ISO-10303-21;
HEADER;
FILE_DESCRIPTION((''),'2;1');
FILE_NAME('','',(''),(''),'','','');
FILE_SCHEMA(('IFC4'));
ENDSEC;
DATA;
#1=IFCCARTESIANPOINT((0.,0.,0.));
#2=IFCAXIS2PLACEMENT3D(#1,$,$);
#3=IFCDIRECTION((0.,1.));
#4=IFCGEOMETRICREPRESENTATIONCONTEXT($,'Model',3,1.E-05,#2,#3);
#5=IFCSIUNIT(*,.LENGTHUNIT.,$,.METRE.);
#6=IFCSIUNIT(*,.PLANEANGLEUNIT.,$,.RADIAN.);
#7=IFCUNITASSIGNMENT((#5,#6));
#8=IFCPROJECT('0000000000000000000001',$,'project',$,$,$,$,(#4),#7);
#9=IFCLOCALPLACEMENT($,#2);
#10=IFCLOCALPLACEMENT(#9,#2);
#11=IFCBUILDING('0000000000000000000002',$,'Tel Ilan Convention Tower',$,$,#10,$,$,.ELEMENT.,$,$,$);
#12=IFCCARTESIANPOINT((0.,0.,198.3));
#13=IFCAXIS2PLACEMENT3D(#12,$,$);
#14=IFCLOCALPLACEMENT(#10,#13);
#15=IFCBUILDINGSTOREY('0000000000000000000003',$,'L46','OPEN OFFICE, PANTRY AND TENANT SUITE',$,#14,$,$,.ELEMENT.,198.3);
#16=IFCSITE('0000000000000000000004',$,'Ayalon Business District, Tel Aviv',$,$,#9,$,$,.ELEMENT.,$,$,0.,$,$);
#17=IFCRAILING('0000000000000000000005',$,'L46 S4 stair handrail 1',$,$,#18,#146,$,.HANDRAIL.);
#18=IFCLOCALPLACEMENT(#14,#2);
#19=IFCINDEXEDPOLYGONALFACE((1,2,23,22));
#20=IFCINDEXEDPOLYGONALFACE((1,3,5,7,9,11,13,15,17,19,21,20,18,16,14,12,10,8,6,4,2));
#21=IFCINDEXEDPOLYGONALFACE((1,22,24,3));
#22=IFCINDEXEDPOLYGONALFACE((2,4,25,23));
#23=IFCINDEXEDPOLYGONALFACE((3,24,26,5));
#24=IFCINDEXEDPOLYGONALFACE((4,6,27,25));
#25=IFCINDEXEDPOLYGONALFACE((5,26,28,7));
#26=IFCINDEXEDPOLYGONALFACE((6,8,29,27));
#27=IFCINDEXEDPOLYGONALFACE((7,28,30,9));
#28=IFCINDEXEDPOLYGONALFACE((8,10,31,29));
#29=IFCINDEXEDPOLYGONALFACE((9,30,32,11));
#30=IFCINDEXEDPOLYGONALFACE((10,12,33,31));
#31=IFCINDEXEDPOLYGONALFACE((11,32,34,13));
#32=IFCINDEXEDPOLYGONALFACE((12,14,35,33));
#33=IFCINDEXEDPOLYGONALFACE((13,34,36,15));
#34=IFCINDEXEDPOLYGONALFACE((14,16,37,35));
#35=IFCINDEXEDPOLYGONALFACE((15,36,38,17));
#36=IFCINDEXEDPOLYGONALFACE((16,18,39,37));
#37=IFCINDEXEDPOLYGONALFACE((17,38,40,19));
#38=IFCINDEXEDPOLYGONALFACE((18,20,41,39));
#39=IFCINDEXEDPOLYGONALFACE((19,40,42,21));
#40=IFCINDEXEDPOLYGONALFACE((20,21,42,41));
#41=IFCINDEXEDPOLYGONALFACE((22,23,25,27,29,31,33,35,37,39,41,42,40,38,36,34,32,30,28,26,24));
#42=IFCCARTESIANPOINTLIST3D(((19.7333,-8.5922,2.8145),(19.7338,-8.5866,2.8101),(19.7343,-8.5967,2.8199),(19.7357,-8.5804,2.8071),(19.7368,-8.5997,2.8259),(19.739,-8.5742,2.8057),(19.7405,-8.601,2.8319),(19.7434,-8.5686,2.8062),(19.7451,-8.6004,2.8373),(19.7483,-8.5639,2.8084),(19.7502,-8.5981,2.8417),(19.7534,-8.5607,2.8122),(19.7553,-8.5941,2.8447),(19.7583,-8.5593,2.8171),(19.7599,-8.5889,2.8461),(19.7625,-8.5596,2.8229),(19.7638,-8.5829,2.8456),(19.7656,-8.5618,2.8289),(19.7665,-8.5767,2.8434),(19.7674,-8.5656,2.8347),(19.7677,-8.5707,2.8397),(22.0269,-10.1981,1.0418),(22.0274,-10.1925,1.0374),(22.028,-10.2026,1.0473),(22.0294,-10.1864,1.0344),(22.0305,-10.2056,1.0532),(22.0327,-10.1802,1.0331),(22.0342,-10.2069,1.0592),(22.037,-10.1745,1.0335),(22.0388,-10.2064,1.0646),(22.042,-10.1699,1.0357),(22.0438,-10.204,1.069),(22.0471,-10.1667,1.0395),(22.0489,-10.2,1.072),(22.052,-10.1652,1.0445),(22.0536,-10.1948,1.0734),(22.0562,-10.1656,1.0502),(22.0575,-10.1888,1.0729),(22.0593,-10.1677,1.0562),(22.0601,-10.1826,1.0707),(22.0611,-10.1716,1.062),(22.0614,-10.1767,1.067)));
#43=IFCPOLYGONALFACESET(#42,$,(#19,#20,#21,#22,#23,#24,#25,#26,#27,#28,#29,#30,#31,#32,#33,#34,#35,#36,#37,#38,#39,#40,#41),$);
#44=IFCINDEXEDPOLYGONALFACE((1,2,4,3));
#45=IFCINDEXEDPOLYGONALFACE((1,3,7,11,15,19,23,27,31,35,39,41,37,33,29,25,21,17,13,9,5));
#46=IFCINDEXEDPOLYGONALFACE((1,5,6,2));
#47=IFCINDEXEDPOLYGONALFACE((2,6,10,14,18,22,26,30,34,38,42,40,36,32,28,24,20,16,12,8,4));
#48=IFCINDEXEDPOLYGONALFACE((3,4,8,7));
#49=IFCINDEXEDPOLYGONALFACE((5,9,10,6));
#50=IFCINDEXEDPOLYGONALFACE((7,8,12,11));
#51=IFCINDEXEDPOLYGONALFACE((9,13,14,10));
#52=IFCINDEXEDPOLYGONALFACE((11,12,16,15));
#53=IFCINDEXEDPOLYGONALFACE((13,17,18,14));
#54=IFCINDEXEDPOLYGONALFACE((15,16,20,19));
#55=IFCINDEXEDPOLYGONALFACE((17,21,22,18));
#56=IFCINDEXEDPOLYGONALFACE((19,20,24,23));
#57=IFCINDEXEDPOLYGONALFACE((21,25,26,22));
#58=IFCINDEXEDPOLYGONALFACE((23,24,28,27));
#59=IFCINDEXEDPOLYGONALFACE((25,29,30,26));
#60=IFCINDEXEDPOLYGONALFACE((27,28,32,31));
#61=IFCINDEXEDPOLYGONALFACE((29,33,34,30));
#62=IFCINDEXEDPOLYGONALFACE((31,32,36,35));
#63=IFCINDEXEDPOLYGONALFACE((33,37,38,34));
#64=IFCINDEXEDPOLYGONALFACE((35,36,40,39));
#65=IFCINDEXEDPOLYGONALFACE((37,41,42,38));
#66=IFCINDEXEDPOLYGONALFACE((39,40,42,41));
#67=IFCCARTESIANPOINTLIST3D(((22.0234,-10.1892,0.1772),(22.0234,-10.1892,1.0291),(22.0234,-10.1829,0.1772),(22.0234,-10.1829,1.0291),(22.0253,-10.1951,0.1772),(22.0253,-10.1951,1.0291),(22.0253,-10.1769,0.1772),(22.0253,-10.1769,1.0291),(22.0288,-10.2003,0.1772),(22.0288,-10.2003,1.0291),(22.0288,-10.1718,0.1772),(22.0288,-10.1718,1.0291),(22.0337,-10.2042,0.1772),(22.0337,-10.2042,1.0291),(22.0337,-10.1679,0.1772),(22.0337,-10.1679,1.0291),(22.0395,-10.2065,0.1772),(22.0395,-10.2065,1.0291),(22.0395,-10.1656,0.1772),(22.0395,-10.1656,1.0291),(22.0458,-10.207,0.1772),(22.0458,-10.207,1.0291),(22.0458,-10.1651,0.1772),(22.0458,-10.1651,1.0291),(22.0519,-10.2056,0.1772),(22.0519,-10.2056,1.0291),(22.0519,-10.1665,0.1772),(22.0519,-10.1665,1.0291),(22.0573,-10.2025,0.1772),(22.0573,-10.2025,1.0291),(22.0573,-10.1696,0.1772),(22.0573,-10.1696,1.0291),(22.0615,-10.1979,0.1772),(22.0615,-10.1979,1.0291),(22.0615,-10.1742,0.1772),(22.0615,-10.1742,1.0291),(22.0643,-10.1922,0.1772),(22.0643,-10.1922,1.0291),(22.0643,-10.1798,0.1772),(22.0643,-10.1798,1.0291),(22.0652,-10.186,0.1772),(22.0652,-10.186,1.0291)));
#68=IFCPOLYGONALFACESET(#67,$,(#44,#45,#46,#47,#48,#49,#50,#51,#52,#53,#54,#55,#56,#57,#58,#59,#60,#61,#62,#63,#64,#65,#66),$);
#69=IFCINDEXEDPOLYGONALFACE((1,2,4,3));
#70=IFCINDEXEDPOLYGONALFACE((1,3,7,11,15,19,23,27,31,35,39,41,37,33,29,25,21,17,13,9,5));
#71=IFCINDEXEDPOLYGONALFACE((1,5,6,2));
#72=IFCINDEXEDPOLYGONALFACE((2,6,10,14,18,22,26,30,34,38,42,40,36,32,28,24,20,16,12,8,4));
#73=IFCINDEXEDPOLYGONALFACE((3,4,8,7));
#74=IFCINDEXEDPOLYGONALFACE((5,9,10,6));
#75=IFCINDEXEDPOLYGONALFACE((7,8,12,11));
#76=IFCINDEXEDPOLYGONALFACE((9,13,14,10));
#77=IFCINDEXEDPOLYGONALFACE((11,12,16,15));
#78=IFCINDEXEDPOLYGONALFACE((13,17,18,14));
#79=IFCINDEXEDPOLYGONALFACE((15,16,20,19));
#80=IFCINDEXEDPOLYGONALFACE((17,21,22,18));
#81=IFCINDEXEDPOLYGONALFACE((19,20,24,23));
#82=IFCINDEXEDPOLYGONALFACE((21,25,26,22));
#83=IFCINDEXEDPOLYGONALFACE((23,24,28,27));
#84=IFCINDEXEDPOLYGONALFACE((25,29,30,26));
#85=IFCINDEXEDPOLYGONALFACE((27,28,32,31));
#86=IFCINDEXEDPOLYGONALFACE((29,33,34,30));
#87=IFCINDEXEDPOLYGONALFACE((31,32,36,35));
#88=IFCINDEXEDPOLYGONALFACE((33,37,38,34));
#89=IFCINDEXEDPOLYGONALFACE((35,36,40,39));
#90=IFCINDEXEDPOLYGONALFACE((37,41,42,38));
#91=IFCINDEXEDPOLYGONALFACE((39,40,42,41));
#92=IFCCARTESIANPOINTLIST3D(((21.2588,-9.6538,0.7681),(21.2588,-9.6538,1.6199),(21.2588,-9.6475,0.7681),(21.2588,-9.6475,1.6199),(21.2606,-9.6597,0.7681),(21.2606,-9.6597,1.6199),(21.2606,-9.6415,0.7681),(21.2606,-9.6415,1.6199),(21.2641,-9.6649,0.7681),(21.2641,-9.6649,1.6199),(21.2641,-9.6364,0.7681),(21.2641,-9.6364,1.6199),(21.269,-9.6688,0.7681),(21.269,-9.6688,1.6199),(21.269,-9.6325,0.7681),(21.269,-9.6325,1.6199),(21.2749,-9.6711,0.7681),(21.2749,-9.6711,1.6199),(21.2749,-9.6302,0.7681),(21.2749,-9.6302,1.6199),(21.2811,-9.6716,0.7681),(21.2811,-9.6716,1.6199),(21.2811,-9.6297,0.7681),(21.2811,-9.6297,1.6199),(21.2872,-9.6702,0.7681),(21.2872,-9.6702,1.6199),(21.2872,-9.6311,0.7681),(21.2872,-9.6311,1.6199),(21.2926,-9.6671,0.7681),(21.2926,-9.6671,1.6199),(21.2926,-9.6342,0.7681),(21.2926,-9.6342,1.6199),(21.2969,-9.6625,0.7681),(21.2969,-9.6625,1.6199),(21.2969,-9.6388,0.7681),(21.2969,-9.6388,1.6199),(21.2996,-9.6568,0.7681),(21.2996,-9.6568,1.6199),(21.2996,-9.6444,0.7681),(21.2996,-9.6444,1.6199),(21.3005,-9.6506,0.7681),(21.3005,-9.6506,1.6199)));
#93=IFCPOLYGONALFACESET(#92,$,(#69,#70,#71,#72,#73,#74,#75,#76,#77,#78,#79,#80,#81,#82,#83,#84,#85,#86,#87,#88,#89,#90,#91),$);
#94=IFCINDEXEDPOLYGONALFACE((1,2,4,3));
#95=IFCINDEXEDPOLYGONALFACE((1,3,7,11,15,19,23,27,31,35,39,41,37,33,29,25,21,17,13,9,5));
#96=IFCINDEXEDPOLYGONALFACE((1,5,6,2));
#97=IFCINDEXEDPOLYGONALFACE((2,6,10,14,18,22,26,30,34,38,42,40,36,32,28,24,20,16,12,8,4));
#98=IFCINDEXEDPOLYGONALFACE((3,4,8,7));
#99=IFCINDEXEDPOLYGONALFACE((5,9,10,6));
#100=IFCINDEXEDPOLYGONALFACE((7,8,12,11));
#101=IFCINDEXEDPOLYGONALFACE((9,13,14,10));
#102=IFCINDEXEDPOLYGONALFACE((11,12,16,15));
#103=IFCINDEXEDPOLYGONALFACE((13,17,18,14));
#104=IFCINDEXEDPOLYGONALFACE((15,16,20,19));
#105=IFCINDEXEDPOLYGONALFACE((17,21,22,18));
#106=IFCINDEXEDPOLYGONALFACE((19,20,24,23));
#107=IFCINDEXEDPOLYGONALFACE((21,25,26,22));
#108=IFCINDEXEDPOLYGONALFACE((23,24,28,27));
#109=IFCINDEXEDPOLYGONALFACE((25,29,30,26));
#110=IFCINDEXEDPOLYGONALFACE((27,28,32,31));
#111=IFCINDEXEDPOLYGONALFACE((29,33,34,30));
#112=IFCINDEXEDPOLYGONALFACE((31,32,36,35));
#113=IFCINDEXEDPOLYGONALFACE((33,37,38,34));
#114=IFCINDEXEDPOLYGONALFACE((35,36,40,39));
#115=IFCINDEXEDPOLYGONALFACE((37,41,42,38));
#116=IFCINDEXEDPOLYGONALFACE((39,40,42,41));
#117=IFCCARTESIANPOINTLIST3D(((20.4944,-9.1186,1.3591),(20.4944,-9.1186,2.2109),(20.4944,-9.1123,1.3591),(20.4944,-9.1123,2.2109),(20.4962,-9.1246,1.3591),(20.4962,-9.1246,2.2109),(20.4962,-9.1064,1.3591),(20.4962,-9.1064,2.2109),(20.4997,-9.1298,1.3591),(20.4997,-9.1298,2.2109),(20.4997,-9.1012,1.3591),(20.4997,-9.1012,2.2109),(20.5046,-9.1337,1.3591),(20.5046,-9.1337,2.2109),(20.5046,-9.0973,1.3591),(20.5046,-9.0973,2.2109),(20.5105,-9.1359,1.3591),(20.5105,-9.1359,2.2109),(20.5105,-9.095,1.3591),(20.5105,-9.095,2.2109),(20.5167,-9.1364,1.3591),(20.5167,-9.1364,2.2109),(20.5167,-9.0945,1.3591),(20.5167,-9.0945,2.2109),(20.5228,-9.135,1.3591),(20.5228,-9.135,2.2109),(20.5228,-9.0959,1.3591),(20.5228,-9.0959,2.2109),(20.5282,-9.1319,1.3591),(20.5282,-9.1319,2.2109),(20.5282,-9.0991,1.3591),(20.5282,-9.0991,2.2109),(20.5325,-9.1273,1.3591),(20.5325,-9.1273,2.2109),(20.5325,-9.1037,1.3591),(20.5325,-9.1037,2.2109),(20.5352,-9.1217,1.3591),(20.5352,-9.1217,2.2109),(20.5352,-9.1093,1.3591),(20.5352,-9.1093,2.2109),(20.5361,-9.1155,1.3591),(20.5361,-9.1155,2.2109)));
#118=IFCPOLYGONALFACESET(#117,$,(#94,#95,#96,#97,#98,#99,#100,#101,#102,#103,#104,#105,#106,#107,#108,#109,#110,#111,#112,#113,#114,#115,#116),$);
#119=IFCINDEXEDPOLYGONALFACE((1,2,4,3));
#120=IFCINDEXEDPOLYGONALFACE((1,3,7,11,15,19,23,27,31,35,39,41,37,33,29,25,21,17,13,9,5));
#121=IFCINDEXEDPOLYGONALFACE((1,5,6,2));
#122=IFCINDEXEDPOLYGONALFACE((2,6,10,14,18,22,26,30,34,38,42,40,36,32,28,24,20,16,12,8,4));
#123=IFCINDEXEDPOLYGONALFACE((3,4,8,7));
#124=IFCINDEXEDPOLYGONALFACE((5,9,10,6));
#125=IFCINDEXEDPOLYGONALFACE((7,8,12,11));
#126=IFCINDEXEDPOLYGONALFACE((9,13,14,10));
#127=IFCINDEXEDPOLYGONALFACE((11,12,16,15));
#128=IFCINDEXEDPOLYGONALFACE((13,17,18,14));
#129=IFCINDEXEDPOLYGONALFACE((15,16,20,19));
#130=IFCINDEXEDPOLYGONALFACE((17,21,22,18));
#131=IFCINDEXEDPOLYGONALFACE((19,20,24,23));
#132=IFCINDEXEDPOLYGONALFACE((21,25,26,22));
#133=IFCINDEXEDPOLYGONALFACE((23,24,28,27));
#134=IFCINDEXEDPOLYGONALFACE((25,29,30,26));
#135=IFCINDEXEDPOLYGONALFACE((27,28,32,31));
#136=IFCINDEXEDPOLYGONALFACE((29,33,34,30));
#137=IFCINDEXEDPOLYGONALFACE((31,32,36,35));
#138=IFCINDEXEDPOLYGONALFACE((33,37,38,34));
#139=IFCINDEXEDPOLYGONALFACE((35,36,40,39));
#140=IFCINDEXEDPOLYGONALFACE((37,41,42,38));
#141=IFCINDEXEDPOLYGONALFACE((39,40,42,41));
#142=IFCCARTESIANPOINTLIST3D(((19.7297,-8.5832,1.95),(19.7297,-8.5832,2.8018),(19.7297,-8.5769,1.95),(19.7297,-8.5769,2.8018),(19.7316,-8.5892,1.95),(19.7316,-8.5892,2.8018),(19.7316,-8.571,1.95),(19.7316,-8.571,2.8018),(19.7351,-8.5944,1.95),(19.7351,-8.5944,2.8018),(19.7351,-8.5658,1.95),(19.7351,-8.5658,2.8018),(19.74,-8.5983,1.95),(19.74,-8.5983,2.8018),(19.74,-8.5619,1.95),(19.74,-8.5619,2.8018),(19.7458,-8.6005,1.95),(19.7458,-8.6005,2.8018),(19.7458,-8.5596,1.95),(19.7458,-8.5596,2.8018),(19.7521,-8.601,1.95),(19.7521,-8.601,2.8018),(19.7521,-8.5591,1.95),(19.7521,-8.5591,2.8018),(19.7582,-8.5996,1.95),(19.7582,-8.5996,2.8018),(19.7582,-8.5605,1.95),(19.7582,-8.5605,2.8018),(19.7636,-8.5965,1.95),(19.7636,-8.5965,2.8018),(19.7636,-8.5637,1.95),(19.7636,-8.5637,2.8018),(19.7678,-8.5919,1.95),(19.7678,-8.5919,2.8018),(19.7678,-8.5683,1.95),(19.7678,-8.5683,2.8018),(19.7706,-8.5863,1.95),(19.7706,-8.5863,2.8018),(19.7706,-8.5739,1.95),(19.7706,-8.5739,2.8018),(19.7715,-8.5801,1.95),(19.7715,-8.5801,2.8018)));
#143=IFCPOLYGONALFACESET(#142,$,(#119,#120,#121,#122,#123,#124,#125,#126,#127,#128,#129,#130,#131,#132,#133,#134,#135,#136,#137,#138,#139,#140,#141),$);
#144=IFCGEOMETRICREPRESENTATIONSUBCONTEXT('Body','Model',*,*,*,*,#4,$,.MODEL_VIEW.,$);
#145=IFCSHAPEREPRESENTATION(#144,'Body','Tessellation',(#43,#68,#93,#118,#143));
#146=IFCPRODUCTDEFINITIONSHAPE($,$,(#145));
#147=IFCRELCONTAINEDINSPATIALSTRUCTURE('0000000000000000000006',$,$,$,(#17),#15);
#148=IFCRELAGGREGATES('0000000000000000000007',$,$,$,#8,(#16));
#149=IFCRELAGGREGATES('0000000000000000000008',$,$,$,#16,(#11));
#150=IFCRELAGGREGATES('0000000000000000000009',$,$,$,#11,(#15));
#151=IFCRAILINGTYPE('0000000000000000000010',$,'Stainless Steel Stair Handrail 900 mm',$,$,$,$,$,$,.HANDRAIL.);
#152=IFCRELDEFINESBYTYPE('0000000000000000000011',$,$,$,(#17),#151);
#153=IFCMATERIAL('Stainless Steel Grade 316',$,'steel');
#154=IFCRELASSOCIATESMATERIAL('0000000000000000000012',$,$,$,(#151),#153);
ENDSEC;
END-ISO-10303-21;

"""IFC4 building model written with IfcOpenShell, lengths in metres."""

from ifc_helpers import new_model, si_unit, direction, frame, origin, origin_2d, place, context, subcontext, project, spatial, circle, extrude, material, type_object, element, save


model = new_model("IFC4")

# Units and contexts
model_context = context("Model", 3, precision=1e-05, world=origin(), true_north=direction((0.0, 1.0)))
body_context = subcontext(model_context, "Body", "Model", "MODEL_VIEW")
ifc_project = project(units=[si_unit("LENGTHUNIT", "METRE"), si_unit("PLANEANGLEUNIT", "RADIAN")], contexts=[model_context])

# Site, building, storey
site_placement = place(None, origin())
site = spatial("IfcSite", under=ifc_project, at=site_placement, Name="Ayalon Business District, Tel Aviv", CompositionType="ELEMENT", RefElevation=0.0)
building_placement = place(site_placement, origin())
building = spatial("IfcBuilding", under=site, at=building_placement, Name="Tel Ilan Convention Tower", CompositionType="ELEMENT")
storey_placement = place(building_placement, frame((0.0, 0.0, 198.3)))
storey = spatial("IfcBuildingStorey", under=building, at=storey_placement, Name="L46", Description="OPEN OFFICE, PANTRY AND TENANT SUITE", CompositionType="ELEMENT", Elevation=198.3)

# Railing
ifc_material_1 = material(Name="Stainless Steel Grade 316", Category="steel")
railing_type_1 = type_object("IfcRailingType", Name="Stainless Steel Stair Handrail 900 mm", PredefinedType="HANDRAIL", material=ifc_material_1)
railing_1_placement = place(storey_placement, frame((22.0442, -10.186, 0.1772)))
element("IfcRailing", 1, at=railing_1_placement, inside=storey, type_object=railing_type_1, Name="L46 S4 stair handrail 1", PredefinedType="HANDRAIL", context=body_context, shape_type="SweptSolid", body=[
    extrude(circle(Radius=0.0239, at=origin_2d()), frame((0.0, 0.0, 0.876), z_axis=(-0.692123, 0.484597, 0.534913), x_axis=(-0.57355, -0.81917, 0.0)), (0.0, 0.0, 1.0), 3.314),
    extrude(circle(Radius=0.021, at=origin_2d()), origin(), (0.0, 0.0, 1.0), 0.8518),
    extrude(circle(Radius=0.021, at=origin_2d()), frame((-0.7646, 0.5354, 0.5908)), (0.0, 0.0, 1.0), 0.8518),
    extrude(circle(Radius=0.021, at=origin_2d()), frame((-1.5291, 1.0706, 1.1819)), (0.0, 0.0, 1.0), 0.8518),
    extrude(circle(Radius=0.021, at=origin_2d()), frame((-2.2937, 1.606, 1.7727)), (0.0, 0.0, 1.0), 0.8518),
])

save(model, "model.ifc")
